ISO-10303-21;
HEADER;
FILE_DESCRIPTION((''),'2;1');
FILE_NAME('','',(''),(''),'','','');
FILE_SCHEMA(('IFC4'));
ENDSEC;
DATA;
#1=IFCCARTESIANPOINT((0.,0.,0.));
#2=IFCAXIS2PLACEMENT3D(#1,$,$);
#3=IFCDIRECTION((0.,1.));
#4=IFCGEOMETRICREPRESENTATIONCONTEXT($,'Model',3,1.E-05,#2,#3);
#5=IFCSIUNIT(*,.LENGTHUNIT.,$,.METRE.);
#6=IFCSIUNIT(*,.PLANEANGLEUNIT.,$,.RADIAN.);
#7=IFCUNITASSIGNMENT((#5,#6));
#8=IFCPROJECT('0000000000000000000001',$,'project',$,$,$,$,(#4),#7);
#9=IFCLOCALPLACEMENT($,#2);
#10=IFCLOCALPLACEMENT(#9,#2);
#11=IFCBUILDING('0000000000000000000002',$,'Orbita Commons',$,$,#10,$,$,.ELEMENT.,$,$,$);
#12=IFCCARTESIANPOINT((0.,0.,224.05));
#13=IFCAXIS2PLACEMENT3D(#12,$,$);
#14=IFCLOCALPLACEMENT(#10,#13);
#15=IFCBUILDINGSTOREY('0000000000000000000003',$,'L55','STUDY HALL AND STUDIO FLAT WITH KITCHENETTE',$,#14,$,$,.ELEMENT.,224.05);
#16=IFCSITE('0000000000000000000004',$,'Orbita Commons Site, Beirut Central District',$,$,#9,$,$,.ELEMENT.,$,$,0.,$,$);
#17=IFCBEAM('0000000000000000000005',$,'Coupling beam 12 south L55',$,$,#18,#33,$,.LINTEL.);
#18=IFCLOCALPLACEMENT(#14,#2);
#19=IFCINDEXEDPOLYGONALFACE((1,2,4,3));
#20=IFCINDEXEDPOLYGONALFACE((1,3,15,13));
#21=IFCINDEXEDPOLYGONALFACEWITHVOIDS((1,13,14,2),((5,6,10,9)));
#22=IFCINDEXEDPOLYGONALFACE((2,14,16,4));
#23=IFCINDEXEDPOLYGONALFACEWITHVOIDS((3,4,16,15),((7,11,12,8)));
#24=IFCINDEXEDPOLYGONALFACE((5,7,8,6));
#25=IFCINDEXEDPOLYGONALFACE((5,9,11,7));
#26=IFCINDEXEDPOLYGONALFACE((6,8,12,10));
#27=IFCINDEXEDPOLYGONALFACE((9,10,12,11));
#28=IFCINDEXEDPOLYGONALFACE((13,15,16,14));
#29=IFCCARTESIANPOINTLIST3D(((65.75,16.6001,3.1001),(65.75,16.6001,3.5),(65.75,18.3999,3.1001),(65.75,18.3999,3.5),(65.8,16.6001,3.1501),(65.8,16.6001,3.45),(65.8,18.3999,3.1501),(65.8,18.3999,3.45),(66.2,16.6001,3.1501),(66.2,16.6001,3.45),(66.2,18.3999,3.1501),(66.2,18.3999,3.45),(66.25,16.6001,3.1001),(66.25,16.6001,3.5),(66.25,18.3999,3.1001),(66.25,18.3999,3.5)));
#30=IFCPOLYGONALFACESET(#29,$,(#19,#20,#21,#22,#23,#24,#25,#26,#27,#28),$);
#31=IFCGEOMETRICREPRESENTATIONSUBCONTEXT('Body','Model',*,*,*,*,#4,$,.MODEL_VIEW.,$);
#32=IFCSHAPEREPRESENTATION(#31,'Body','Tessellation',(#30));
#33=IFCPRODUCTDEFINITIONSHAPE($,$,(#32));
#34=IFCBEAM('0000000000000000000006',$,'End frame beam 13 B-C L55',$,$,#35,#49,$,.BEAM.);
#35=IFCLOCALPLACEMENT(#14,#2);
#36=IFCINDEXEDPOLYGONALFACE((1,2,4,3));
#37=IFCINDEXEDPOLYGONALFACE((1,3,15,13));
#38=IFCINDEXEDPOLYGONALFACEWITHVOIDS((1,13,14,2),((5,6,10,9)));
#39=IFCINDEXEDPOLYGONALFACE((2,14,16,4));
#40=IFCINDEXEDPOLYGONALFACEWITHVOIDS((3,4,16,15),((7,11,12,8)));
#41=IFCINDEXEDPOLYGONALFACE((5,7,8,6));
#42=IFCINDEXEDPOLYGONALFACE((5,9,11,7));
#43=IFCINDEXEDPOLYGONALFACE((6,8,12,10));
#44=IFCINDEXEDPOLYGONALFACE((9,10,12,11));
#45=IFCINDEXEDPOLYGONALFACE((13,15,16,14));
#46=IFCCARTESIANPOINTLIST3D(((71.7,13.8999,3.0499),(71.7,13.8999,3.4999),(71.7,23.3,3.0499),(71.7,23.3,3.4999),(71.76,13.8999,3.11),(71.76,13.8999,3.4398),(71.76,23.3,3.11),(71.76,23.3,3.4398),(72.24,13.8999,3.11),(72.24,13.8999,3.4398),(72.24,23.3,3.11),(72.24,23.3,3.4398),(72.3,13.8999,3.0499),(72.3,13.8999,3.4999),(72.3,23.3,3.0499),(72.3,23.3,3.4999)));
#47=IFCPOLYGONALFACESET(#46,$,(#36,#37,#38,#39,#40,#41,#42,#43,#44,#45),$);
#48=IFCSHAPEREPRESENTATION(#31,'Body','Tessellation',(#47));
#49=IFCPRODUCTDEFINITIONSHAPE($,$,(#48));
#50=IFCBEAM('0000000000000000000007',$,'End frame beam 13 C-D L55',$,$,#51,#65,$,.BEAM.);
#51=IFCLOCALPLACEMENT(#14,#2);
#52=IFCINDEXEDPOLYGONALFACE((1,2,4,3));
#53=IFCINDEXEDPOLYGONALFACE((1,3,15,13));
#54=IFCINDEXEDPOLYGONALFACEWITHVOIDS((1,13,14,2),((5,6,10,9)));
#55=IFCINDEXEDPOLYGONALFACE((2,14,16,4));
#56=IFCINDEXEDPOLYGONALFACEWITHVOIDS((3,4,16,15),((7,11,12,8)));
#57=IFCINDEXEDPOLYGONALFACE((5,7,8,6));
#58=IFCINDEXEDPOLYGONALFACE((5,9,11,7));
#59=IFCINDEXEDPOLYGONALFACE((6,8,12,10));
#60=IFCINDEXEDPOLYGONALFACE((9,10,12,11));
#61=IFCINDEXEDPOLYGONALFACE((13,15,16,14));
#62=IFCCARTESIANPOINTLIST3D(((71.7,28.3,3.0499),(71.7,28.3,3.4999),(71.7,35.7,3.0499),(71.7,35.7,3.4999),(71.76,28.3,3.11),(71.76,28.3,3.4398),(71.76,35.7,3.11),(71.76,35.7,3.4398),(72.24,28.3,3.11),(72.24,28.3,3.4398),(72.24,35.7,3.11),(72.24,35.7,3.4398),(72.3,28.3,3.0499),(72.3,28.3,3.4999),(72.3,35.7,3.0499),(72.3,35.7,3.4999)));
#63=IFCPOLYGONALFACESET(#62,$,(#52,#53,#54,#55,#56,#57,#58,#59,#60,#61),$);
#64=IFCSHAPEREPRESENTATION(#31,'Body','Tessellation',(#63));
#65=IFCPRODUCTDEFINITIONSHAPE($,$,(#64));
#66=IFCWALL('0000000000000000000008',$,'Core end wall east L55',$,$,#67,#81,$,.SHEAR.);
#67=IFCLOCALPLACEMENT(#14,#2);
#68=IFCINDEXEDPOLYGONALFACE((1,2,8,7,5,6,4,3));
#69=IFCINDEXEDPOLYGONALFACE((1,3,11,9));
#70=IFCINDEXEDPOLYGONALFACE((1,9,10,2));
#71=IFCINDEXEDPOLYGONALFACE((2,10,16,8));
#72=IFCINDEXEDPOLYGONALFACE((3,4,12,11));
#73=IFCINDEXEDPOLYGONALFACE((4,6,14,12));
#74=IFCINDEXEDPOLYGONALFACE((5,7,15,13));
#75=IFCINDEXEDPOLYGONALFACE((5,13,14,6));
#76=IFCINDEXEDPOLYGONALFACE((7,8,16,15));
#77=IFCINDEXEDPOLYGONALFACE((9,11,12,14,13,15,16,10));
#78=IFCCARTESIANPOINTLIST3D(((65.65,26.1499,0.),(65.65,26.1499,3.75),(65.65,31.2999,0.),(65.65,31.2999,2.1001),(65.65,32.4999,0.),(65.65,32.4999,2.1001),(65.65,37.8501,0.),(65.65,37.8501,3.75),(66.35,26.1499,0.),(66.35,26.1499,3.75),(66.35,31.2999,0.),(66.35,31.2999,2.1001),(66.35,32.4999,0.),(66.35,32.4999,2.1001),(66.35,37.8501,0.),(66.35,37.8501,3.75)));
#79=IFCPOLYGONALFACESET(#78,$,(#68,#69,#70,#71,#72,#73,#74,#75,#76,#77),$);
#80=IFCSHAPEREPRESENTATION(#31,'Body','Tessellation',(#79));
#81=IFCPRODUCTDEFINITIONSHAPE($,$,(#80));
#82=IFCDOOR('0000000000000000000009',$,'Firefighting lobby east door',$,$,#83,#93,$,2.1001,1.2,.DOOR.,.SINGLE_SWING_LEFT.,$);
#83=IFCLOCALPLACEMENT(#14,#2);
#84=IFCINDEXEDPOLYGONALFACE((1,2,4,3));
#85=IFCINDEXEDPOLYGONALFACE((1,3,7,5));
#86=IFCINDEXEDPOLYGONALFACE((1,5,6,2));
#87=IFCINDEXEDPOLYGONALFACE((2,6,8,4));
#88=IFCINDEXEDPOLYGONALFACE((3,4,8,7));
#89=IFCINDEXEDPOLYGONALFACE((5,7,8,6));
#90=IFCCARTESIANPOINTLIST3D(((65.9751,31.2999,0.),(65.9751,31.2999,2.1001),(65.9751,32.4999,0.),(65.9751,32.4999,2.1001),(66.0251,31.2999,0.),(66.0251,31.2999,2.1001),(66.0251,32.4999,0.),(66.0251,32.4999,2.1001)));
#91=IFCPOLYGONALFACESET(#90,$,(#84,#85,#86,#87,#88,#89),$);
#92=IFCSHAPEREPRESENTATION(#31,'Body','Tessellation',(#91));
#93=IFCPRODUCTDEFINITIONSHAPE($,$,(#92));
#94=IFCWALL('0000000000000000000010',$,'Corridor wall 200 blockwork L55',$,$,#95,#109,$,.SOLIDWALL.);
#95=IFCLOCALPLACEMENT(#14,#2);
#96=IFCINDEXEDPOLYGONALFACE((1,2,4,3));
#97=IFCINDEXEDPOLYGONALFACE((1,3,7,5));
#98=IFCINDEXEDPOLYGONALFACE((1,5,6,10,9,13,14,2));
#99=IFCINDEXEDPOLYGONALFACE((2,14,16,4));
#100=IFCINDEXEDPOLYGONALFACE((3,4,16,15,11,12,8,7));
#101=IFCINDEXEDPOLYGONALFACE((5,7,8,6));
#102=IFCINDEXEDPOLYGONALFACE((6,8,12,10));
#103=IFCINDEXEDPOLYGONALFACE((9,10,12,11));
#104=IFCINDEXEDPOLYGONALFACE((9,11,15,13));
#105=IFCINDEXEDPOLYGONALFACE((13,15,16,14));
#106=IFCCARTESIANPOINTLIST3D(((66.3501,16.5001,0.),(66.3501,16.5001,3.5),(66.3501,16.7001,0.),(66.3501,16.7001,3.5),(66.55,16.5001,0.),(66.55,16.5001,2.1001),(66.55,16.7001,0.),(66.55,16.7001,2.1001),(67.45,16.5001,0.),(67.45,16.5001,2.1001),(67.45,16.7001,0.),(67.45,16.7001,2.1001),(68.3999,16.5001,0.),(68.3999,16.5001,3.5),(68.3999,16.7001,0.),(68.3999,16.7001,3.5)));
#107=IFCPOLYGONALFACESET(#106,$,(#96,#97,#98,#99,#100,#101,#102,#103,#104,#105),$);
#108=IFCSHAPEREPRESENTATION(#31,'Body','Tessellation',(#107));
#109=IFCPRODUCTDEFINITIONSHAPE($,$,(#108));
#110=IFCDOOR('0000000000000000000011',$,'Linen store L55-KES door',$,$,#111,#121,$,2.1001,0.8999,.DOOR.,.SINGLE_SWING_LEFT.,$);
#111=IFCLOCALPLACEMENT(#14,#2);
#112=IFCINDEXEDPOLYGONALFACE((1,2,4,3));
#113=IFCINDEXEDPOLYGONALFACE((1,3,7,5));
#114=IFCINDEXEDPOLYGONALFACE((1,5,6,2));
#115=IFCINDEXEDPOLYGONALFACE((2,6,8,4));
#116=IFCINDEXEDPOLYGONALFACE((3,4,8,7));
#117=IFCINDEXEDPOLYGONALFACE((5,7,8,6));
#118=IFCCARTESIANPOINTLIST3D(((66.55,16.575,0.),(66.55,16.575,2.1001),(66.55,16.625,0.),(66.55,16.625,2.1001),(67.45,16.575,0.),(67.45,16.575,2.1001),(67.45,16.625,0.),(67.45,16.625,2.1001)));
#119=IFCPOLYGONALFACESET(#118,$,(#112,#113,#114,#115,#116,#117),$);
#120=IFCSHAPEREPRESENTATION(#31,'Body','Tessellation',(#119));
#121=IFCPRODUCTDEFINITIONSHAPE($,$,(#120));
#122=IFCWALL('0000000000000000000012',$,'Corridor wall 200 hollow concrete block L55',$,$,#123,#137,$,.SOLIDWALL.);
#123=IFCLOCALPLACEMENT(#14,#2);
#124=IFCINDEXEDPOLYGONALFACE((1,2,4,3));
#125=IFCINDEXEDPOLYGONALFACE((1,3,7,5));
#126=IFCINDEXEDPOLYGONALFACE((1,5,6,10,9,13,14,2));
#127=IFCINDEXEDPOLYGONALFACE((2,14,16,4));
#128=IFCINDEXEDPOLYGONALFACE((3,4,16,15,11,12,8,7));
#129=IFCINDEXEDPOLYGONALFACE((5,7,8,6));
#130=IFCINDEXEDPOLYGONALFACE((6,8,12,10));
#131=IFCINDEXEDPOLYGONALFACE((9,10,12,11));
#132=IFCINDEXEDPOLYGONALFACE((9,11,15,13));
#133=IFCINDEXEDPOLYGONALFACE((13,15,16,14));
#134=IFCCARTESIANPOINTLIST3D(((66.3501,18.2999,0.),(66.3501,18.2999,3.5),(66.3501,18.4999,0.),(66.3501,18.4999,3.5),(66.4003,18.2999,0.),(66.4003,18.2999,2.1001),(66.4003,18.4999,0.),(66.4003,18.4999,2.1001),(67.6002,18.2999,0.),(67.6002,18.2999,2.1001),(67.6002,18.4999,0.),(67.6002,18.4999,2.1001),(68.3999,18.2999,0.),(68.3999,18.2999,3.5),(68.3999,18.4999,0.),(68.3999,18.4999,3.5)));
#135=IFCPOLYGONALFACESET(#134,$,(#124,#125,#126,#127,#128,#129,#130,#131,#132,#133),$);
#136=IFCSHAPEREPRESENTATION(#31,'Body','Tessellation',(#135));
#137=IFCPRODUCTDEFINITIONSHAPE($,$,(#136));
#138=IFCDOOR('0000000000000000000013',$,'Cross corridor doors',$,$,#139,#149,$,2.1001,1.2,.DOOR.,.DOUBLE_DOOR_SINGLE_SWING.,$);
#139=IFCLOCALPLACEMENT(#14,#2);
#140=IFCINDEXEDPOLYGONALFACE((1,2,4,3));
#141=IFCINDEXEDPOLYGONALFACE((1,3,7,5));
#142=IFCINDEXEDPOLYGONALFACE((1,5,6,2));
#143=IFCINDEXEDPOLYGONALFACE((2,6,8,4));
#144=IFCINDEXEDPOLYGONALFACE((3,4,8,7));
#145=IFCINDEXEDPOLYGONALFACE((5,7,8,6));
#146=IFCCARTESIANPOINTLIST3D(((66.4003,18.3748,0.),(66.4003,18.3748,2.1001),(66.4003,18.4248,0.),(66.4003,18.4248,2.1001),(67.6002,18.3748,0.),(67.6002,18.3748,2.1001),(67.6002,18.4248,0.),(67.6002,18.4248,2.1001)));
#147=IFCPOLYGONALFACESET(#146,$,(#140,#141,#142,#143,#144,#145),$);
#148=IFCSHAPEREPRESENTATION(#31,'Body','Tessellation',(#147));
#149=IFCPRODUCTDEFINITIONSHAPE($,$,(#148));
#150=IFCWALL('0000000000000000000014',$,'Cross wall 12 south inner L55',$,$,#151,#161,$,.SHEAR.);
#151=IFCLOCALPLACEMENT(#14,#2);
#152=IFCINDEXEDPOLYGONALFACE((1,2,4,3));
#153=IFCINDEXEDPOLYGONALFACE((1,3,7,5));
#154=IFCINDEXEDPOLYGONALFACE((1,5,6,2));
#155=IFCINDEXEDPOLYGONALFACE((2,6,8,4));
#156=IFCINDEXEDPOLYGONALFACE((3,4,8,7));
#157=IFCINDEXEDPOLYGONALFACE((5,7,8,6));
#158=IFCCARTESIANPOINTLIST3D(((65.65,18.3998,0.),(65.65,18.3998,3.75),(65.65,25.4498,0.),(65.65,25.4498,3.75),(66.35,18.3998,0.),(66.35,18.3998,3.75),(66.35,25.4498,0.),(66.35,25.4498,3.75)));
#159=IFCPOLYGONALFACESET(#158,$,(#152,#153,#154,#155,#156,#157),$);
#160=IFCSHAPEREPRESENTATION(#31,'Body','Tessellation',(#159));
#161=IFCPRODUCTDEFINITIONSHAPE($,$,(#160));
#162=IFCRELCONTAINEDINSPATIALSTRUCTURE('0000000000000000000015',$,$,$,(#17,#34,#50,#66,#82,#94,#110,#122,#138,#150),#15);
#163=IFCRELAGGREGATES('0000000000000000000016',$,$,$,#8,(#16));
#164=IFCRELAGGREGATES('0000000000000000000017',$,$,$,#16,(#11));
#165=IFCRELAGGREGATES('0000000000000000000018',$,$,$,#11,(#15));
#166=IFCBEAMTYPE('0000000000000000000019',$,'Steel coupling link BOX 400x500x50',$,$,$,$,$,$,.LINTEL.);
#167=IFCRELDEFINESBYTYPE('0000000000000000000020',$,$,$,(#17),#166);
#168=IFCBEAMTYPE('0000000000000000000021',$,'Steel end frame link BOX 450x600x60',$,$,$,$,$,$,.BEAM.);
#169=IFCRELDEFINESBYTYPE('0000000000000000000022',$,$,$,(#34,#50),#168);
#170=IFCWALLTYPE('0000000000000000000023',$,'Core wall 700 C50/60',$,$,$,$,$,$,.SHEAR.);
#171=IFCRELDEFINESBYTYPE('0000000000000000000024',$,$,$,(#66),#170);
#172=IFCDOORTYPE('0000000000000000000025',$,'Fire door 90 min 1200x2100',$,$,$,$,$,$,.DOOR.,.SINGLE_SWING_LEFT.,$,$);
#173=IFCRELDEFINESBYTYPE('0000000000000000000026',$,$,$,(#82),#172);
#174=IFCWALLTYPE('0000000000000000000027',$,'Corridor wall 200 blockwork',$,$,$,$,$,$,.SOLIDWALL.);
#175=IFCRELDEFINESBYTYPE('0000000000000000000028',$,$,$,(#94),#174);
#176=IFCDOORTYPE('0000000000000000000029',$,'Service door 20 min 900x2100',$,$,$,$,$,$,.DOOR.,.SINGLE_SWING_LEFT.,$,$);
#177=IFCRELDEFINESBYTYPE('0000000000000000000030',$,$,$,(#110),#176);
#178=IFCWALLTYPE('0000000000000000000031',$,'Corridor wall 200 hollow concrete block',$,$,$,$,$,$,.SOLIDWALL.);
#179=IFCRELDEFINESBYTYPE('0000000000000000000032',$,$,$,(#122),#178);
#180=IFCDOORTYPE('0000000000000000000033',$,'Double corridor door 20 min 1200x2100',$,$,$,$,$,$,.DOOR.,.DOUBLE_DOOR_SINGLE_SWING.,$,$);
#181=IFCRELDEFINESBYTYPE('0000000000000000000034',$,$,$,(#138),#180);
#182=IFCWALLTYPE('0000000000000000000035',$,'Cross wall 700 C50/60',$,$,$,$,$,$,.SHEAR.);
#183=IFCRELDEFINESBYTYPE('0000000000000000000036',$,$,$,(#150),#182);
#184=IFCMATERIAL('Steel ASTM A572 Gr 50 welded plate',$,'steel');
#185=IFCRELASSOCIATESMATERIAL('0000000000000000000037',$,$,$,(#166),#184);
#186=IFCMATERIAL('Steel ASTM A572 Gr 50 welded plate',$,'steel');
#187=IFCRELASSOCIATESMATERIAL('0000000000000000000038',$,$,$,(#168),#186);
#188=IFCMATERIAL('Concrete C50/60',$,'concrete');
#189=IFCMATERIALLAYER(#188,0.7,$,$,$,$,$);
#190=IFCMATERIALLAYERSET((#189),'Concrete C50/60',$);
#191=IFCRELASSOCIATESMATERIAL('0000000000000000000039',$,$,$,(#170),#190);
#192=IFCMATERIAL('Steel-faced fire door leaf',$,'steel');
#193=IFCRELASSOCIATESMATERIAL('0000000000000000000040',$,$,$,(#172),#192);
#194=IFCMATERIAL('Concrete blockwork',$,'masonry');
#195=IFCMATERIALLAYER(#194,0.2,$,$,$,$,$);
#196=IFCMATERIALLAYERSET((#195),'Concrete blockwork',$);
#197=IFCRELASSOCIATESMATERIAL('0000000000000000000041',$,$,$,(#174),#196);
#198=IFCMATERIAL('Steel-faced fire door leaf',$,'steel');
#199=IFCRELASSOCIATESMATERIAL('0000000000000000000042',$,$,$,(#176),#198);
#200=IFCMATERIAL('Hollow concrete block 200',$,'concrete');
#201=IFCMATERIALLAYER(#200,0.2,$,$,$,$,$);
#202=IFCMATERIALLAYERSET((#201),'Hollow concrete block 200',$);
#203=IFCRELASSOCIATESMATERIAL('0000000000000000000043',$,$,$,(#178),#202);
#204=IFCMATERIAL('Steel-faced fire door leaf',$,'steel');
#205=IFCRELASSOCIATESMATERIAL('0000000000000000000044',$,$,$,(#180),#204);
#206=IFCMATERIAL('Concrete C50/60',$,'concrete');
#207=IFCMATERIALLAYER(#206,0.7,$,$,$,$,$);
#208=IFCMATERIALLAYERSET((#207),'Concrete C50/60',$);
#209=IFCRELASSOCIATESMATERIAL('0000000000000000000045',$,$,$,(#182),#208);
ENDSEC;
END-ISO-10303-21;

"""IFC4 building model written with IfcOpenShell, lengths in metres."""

from ifc_helpers import new_model, si_unit, direction, frame, frame_2d, origin, origin_2d, place, context, subcontext, project, spatial, rectangle, hollow_rectangle, extrude, material, layer, layer_set, material_profile, profile_set, type_object, element, fill, save


model = new_model("IFC4")

# Units and contexts
model_context = context("Model", 3, precision=1e-05, world=origin(), true_north=direction((0.0, 1.0)))
body_context = subcontext(model_context, "Body", "Model", "MODEL_VIEW")
ifc_project = project(units=[si_unit("LENGTHUNIT", "METRE"), si_unit("PLANEANGLEUNIT", "RADIAN")], contexts=[model_context])

# Site, building, storey
site_placement = place(None, origin())
site = spatial("IfcSite", under=ifc_project, at=site_placement, Name="Orbita Commons Site, Beirut Central District", CompositionType="ELEMENT", RefElevation=0.0)
building_placement = place(site_placement, origin())
building = spatial("IfcBuilding", under=site, at=building_placement, Name="Orbita Commons", CompositionType="ELEMENT")
storey_placement = place(building_placement, frame((0.0, 0.0, 224.05)))
storey = spatial("IfcBuildingStorey", under=building, at=storey_placement, Name="L55", Description="STUDY HALL AND STUDIO FLAT WITH KITCHENETTE", CompositionType="ELEMENT", Elevation=224.05)

# Beams
ifc_material_1 = material(Name="Steel ASTM A572 Gr 50 welded plate", Category="steel")
ifc_material_profile_1 = material_profile(ifc_material_1, hollow_rectangle(XDim=0.5, YDim=0.3999, WallThickness=0.05, at=origin_2d()), Name="BOX 400x500x50")
ifc_profile_set_1 = profile_set([ifc_material_profile_1], Name="Steel ASTM A572 Gr 50 welded plate")
beam_type_1 = type_object("IfcBeamType", Name="Steel coupling link BOX 400x500x50", PredefinedType="LINTEL", material=ifc_profile_set_1)
beam_1_placement = place(storey_placement, frame((66.0, 16.6001, 3.3), z_axis=(0.0, 1.0, 0.0), x_axis=(-1.0, 0.0, 0.0)))
element("IfcBeam", 1, at=beam_1_placement, inside=storey, type_object=beam_type_1, Name="Coupling beam 12 south L55", PredefinedType="LINTEL", context=body_context, shape_type="SweptSolid", body=[
    extrude(hollow_rectangle(XDim=0.5, YDim=0.3999, WallThickness=0.05, at=origin_2d()), origin(), (0.0, 0.0, 1.0), 1.7998),
])
ifc_material_2 = material(Name="Steel ASTM A572 Gr 50 welded plate", Category="steel")
ifc_material_profile_2 = material_profile(ifc_material_2, hollow_rectangle(XDim=0.6001, YDim=0.45, WallThickness=0.0601, at=origin_2d()), Name="BOX 450x600x60")
ifc_profile_set_2 = profile_set([ifc_material_profile_2], Name="Steel ASTM A572 Gr 50 welded plate")
beam_type_2 = type_object("IfcBeamType", Name="Steel end frame link BOX 450x600x60", PredefinedType="BEAM", material=ifc_profile_set_2)
beam_2_placement = place(storey_placement, frame((72.0, 13.8999, 3.2749), z_axis=(0.0, 1.0, 0.0), x_axis=(-1.0, 0.0, 0.0)))
element("IfcBeam", 2, at=beam_2_placement, inside=storey, type_object=beam_type_2, Name="End frame beam 13 B-C L55", PredefinedType="BEAM", context=body_context, shape_type="SweptSolid", body=[
    extrude(hollow_rectangle(XDim=0.6001, YDim=0.45, WallThickness=0.0601, at=origin_2d()), origin(), (0.0, 0.0, 1.0), 9.4001),
])
beam_3_placement = place(storey_placement, frame((72.0, 28.3, 3.2749), z_axis=(0.0, 1.0, 0.0), x_axis=(-1.0, 0.0, 0.0)))
element("IfcBeam", 3, at=beam_3_placement, inside=storey, type_object=beam_type_2, Name="End frame beam 13 C-D L55", PredefinedType="BEAM", context=body_context, shape_type="SweptSolid", body=[
    extrude(hollow_rectangle(XDim=0.6001, YDim=0.45, WallThickness=0.0601, at=origin_2d()), origin(), (0.0, 0.0, 1.0), 7.3999),
])

# Walls, openings, doors
ifc_material_3 = material(Name="Concrete C50/60", Category="concrete")
ifc_layer_1 = layer(ifc_material_3, 0.7)
ifc_layer_set_1 = layer_set([ifc_layer_1], Name="Concrete C50/60")
wall_type_1 = type_object("IfcWallType", Name="Core wall 700 C50/60", PredefinedType="SHEAR", material=ifc_layer_set_1)
wall_1_placement = place(storey_placement, frame((66.0, 26.1499, 0.0), z_axis=(0.0, 0.0, 1.0), x_axis=(0.0, 1.0, 0.0)))
wall_1 = element("IfcWall", 4, at=wall_1_placement, inside=storey, type_object=wall_type_1, Name="Core end wall east L55", PredefinedType="SHEAR", context=body_context, shape_type="SweptSolid", body=[
    extrude(rectangle(XDim=11.7002, YDim=0.7, at=frame_2d((5.8501, 0.0))), origin(), (0.0, 0.0, 1.0), 3.75),
])
opening_1_placement = place(wall_1_placement, frame((5.1499, 0.0, 0.0)))
opening_1 = element("IfcOpeningElement", 5, at=opening_1_placement, cuts=wall_1, PredefinedType="OPENING", context=body_context, shape_type="SweptSolid", body=[
    extrude(rectangle(XDim=1.2, YDim=2.1001, at=frame_2d((0.6001, 1.05))), frame((0.0, 0.3599, 0.0), z_axis=(0.0, -1.0, 0.0), x_axis=(1.0, 0.0, 0.0)), (0.0, 0.0, 1.0), 0.72),
])
ifc_material_4 = material(Name="Steel-faced fire door leaf", Category="steel")
door_type_1 = type_object("IfcDoorType", Name="Fire door 90 min 1200x2100", OperationType="SINGLE_SWING_LEFT", PredefinedType="DOOR", material=ifc_material_4)
door_1_placement = place(opening_1_placement, origin())
door_1 = element("IfcDoor", 6, at=door_1_placement, inside=storey, type_object=door_type_1, Name="Firefighting lobby east door", OperationType="SINGLE_SWING_LEFT", OverallHeight=2.1001, OverallWidth=1.2, PredefinedType="DOOR", context=body_context, shape_type="SweptSolid", body=[
    extrude(rectangle(XDim=1.2, YDim=2.1001, at=frame_2d((0.6001, 1.05))), frame((0.0, 0.0249, 0.0), z_axis=(0.0, -1.0, 0.0), x_axis=(1.0, 0.0, 0.0)), (0.0, 0.0, 1.0), 0.05),
])
fill(opening_1, door_1)
ifc_material_5 = material(Name="Concrete blockwork", Category="masonry")
ifc_layer_2 = layer(ifc_material_5, 0.2)
ifc_layer_set_2 = layer_set([ifc_layer_2], Name="Concrete blockwork")
wall_type_2 = type_object("IfcWallType", Name="Corridor wall 200 blockwork", PredefinedType="SOLIDWALL", material=ifc_layer_set_2)
wall_2_placement = place(storey_placement, frame((66.3501, 16.6001, 0.0), z_axis=(0.0, 0.0, 1.0), x_axis=(1.0, 0.0, 0.0)))
wall_2 = element("IfcWall", 7, at=wall_2_placement, inside=storey, type_object=wall_type_2, Name="Corridor wall 200 blockwork L55", PredefinedType="SOLIDWALL", context=body_context, shape_type="SweptSolid", body=[
    extrude(rectangle(XDim=2.0498, YDim=0.2, at=frame_2d((1.0249, 0.0))), origin(), (0.0, 0.0, 1.0), 3.5),
])
opening_2_placement = place(wall_2_placement, frame((0.2, 0.0, 0.0)))
opening_2 = element("IfcOpeningElement", 8, at=opening_2_placement, cuts=wall_2, PredefinedType="OPENING", context=body_context, shape_type="SweptSolid", body=[
    extrude(rectangle(XDim=0.8999, YDim=2.1001, at=frame_2d((0.45, 1.05))), frame((0.0, 0.1099, 0.0), z_axis=(0.0, -1.0, 0.0), x_axis=(1.0, 0.0, 0.0)), (0.0, 0.0, 1.0), 0.22),
])
ifc_material_6 = material(Name="Steel-faced fire door leaf", Category="steel")
door_type_2 = type_object("IfcDoorType", Name="Service door 20 min 900x2100", OperationType="SINGLE_SWING_LEFT", PredefinedType="DOOR", material=ifc_material_6)
door_2_placement = place(opening_2_placement, origin())
door_2 = element("IfcDoor", 9, at=door_2_placement, inside=storey, type_object=door_type_2, Name="Linen store L55-KES door", OperationType="SINGLE_SWING_LEFT", OverallHeight=2.1001, OverallWidth=0.8999, PredefinedType="DOOR", context=body_context, shape_type="SweptSolid", body=[
    extrude(rectangle(XDim=0.8999, YDim=2.1001, at=frame_2d((0.45, 1.05))), frame((0.0, 0.0249, 0.0), z_axis=(0.0, -1.0, 0.0), x_axis=(1.0, 0.0, 0.0)), (0.0, 0.0, 1.0), 0.05),
])
fill(opening_2, door_2)
ifc_material_7 = material(Name="Hollow concrete block 200", Category="concrete")
ifc_layer_3 = layer(ifc_material_7, 0.2)
ifc_layer_set_3 = layer_set([ifc_layer_3], Name="Hollow concrete block 200")
wall_type_3 = type_object("IfcWallType", Name="Corridor wall 200 hollow concrete block", PredefinedType="SOLIDWALL", material=ifc_layer_set_3)
wall_3_placement = place(storey_placement, frame((66.3501, 18.3999, 0.0), z_axis=(0.0, 0.0, 1.0), x_axis=(1.0, 0.0, 0.0)))
wall_3 = element("IfcWall", 10, at=wall_3_placement, inside=storey, type_object=wall_type_3, Name="Corridor wall 200 hollow concrete block L55", PredefinedType="SOLIDWALL", context=body_context, shape_type="SweptSolid", body=[
    extrude(rectangle(XDim=2.0498, YDim=0.2, at=frame_2d((1.0249, 0.0))), origin(), (0.0, 0.0, 1.0), 3.5),
])
opening_3_placement = place(wall_3_placement, frame((0.05, 0.0, 0.0)))
opening_3 = element("IfcOpeningElement", 11, at=opening_3_placement, cuts=wall_3, PredefinedType="OPENING", context=body_context, shape_type="SweptSolid", body=[
    extrude(rectangle(XDim=1.2, YDim=2.1001, at=frame_2d((0.6001, 1.05))), frame((0.0, 0.1099, 0.0), z_axis=(0.0, -1.0, 0.0), x_axis=(1.0, 0.0, 0.0)), (0.0, 0.0, 1.0), 0.22),
])
ifc_material_8 = material(Name="Steel-faced fire door leaf", Category="steel")
door_type_3 = type_object("IfcDoorType", Name="Double corridor door 20 min 1200x2100", OperationType="DOUBLE_DOOR_SINGLE_SWING", PredefinedType="DOOR", material=ifc_material_8)
door_3_placement = place(opening_3_placement, origin())
door_3 = element("IfcDoor", 12, at=door_3_placement, inside=storey, type_object=door_type_3, Name="Cross corridor doors", OperationType="DOUBLE_DOOR_SINGLE_SWING", OverallHeight=2.1001, OverallWidth=1.2, PredefinedType="DOOR", context=body_context, shape_type="SweptSolid", body=[
    extrude(rectangle(XDim=1.2, YDim=2.1001, at=frame_2d((0.6001, 1.05))), frame((0.0, 0.0249, 0.0), z_axis=(0.0, -1.0, 0.0), x_axis=(1.0, 0.0, 0.0)), (0.0, 0.0, 1.0), 0.05),
])
fill(opening_3, door_3)

# Wall
ifc_material_9 = material(Name="Concrete C50/60", Category="concrete")
ifc_layer_4 = layer(ifc_material_9, 0.7)
ifc_layer_set_4 = layer_set([ifc_layer_4], Name="Concrete C50/60")
wall_type_4 = type_object("IfcWallType", Name="Cross wall 700 C50/60", PredefinedType="SHEAR", material=ifc_layer_set_4)
wall_4_placement = place(storey_placement, frame((66.0, 18.3999, 0.0), z_axis=(0.0, 0.0, 1.0), x_axis=(0.0, 1.0, 0.0)))
element("IfcWall", 13, at=wall_4_placement, inside=storey, type_object=wall_type_4, Name="Cross wall 12 south inner L55", PredefinedType="SHEAR", context=body_context, shape_type="SweptSolid", body=[
    extrude(rectangle(XDim=7.05, YDim=0.7, at=frame_2d((3.5249, 0.0))), origin(), (0.0, 0.0, 1.0), 3.75),
])

save(model, "model.ifc")
